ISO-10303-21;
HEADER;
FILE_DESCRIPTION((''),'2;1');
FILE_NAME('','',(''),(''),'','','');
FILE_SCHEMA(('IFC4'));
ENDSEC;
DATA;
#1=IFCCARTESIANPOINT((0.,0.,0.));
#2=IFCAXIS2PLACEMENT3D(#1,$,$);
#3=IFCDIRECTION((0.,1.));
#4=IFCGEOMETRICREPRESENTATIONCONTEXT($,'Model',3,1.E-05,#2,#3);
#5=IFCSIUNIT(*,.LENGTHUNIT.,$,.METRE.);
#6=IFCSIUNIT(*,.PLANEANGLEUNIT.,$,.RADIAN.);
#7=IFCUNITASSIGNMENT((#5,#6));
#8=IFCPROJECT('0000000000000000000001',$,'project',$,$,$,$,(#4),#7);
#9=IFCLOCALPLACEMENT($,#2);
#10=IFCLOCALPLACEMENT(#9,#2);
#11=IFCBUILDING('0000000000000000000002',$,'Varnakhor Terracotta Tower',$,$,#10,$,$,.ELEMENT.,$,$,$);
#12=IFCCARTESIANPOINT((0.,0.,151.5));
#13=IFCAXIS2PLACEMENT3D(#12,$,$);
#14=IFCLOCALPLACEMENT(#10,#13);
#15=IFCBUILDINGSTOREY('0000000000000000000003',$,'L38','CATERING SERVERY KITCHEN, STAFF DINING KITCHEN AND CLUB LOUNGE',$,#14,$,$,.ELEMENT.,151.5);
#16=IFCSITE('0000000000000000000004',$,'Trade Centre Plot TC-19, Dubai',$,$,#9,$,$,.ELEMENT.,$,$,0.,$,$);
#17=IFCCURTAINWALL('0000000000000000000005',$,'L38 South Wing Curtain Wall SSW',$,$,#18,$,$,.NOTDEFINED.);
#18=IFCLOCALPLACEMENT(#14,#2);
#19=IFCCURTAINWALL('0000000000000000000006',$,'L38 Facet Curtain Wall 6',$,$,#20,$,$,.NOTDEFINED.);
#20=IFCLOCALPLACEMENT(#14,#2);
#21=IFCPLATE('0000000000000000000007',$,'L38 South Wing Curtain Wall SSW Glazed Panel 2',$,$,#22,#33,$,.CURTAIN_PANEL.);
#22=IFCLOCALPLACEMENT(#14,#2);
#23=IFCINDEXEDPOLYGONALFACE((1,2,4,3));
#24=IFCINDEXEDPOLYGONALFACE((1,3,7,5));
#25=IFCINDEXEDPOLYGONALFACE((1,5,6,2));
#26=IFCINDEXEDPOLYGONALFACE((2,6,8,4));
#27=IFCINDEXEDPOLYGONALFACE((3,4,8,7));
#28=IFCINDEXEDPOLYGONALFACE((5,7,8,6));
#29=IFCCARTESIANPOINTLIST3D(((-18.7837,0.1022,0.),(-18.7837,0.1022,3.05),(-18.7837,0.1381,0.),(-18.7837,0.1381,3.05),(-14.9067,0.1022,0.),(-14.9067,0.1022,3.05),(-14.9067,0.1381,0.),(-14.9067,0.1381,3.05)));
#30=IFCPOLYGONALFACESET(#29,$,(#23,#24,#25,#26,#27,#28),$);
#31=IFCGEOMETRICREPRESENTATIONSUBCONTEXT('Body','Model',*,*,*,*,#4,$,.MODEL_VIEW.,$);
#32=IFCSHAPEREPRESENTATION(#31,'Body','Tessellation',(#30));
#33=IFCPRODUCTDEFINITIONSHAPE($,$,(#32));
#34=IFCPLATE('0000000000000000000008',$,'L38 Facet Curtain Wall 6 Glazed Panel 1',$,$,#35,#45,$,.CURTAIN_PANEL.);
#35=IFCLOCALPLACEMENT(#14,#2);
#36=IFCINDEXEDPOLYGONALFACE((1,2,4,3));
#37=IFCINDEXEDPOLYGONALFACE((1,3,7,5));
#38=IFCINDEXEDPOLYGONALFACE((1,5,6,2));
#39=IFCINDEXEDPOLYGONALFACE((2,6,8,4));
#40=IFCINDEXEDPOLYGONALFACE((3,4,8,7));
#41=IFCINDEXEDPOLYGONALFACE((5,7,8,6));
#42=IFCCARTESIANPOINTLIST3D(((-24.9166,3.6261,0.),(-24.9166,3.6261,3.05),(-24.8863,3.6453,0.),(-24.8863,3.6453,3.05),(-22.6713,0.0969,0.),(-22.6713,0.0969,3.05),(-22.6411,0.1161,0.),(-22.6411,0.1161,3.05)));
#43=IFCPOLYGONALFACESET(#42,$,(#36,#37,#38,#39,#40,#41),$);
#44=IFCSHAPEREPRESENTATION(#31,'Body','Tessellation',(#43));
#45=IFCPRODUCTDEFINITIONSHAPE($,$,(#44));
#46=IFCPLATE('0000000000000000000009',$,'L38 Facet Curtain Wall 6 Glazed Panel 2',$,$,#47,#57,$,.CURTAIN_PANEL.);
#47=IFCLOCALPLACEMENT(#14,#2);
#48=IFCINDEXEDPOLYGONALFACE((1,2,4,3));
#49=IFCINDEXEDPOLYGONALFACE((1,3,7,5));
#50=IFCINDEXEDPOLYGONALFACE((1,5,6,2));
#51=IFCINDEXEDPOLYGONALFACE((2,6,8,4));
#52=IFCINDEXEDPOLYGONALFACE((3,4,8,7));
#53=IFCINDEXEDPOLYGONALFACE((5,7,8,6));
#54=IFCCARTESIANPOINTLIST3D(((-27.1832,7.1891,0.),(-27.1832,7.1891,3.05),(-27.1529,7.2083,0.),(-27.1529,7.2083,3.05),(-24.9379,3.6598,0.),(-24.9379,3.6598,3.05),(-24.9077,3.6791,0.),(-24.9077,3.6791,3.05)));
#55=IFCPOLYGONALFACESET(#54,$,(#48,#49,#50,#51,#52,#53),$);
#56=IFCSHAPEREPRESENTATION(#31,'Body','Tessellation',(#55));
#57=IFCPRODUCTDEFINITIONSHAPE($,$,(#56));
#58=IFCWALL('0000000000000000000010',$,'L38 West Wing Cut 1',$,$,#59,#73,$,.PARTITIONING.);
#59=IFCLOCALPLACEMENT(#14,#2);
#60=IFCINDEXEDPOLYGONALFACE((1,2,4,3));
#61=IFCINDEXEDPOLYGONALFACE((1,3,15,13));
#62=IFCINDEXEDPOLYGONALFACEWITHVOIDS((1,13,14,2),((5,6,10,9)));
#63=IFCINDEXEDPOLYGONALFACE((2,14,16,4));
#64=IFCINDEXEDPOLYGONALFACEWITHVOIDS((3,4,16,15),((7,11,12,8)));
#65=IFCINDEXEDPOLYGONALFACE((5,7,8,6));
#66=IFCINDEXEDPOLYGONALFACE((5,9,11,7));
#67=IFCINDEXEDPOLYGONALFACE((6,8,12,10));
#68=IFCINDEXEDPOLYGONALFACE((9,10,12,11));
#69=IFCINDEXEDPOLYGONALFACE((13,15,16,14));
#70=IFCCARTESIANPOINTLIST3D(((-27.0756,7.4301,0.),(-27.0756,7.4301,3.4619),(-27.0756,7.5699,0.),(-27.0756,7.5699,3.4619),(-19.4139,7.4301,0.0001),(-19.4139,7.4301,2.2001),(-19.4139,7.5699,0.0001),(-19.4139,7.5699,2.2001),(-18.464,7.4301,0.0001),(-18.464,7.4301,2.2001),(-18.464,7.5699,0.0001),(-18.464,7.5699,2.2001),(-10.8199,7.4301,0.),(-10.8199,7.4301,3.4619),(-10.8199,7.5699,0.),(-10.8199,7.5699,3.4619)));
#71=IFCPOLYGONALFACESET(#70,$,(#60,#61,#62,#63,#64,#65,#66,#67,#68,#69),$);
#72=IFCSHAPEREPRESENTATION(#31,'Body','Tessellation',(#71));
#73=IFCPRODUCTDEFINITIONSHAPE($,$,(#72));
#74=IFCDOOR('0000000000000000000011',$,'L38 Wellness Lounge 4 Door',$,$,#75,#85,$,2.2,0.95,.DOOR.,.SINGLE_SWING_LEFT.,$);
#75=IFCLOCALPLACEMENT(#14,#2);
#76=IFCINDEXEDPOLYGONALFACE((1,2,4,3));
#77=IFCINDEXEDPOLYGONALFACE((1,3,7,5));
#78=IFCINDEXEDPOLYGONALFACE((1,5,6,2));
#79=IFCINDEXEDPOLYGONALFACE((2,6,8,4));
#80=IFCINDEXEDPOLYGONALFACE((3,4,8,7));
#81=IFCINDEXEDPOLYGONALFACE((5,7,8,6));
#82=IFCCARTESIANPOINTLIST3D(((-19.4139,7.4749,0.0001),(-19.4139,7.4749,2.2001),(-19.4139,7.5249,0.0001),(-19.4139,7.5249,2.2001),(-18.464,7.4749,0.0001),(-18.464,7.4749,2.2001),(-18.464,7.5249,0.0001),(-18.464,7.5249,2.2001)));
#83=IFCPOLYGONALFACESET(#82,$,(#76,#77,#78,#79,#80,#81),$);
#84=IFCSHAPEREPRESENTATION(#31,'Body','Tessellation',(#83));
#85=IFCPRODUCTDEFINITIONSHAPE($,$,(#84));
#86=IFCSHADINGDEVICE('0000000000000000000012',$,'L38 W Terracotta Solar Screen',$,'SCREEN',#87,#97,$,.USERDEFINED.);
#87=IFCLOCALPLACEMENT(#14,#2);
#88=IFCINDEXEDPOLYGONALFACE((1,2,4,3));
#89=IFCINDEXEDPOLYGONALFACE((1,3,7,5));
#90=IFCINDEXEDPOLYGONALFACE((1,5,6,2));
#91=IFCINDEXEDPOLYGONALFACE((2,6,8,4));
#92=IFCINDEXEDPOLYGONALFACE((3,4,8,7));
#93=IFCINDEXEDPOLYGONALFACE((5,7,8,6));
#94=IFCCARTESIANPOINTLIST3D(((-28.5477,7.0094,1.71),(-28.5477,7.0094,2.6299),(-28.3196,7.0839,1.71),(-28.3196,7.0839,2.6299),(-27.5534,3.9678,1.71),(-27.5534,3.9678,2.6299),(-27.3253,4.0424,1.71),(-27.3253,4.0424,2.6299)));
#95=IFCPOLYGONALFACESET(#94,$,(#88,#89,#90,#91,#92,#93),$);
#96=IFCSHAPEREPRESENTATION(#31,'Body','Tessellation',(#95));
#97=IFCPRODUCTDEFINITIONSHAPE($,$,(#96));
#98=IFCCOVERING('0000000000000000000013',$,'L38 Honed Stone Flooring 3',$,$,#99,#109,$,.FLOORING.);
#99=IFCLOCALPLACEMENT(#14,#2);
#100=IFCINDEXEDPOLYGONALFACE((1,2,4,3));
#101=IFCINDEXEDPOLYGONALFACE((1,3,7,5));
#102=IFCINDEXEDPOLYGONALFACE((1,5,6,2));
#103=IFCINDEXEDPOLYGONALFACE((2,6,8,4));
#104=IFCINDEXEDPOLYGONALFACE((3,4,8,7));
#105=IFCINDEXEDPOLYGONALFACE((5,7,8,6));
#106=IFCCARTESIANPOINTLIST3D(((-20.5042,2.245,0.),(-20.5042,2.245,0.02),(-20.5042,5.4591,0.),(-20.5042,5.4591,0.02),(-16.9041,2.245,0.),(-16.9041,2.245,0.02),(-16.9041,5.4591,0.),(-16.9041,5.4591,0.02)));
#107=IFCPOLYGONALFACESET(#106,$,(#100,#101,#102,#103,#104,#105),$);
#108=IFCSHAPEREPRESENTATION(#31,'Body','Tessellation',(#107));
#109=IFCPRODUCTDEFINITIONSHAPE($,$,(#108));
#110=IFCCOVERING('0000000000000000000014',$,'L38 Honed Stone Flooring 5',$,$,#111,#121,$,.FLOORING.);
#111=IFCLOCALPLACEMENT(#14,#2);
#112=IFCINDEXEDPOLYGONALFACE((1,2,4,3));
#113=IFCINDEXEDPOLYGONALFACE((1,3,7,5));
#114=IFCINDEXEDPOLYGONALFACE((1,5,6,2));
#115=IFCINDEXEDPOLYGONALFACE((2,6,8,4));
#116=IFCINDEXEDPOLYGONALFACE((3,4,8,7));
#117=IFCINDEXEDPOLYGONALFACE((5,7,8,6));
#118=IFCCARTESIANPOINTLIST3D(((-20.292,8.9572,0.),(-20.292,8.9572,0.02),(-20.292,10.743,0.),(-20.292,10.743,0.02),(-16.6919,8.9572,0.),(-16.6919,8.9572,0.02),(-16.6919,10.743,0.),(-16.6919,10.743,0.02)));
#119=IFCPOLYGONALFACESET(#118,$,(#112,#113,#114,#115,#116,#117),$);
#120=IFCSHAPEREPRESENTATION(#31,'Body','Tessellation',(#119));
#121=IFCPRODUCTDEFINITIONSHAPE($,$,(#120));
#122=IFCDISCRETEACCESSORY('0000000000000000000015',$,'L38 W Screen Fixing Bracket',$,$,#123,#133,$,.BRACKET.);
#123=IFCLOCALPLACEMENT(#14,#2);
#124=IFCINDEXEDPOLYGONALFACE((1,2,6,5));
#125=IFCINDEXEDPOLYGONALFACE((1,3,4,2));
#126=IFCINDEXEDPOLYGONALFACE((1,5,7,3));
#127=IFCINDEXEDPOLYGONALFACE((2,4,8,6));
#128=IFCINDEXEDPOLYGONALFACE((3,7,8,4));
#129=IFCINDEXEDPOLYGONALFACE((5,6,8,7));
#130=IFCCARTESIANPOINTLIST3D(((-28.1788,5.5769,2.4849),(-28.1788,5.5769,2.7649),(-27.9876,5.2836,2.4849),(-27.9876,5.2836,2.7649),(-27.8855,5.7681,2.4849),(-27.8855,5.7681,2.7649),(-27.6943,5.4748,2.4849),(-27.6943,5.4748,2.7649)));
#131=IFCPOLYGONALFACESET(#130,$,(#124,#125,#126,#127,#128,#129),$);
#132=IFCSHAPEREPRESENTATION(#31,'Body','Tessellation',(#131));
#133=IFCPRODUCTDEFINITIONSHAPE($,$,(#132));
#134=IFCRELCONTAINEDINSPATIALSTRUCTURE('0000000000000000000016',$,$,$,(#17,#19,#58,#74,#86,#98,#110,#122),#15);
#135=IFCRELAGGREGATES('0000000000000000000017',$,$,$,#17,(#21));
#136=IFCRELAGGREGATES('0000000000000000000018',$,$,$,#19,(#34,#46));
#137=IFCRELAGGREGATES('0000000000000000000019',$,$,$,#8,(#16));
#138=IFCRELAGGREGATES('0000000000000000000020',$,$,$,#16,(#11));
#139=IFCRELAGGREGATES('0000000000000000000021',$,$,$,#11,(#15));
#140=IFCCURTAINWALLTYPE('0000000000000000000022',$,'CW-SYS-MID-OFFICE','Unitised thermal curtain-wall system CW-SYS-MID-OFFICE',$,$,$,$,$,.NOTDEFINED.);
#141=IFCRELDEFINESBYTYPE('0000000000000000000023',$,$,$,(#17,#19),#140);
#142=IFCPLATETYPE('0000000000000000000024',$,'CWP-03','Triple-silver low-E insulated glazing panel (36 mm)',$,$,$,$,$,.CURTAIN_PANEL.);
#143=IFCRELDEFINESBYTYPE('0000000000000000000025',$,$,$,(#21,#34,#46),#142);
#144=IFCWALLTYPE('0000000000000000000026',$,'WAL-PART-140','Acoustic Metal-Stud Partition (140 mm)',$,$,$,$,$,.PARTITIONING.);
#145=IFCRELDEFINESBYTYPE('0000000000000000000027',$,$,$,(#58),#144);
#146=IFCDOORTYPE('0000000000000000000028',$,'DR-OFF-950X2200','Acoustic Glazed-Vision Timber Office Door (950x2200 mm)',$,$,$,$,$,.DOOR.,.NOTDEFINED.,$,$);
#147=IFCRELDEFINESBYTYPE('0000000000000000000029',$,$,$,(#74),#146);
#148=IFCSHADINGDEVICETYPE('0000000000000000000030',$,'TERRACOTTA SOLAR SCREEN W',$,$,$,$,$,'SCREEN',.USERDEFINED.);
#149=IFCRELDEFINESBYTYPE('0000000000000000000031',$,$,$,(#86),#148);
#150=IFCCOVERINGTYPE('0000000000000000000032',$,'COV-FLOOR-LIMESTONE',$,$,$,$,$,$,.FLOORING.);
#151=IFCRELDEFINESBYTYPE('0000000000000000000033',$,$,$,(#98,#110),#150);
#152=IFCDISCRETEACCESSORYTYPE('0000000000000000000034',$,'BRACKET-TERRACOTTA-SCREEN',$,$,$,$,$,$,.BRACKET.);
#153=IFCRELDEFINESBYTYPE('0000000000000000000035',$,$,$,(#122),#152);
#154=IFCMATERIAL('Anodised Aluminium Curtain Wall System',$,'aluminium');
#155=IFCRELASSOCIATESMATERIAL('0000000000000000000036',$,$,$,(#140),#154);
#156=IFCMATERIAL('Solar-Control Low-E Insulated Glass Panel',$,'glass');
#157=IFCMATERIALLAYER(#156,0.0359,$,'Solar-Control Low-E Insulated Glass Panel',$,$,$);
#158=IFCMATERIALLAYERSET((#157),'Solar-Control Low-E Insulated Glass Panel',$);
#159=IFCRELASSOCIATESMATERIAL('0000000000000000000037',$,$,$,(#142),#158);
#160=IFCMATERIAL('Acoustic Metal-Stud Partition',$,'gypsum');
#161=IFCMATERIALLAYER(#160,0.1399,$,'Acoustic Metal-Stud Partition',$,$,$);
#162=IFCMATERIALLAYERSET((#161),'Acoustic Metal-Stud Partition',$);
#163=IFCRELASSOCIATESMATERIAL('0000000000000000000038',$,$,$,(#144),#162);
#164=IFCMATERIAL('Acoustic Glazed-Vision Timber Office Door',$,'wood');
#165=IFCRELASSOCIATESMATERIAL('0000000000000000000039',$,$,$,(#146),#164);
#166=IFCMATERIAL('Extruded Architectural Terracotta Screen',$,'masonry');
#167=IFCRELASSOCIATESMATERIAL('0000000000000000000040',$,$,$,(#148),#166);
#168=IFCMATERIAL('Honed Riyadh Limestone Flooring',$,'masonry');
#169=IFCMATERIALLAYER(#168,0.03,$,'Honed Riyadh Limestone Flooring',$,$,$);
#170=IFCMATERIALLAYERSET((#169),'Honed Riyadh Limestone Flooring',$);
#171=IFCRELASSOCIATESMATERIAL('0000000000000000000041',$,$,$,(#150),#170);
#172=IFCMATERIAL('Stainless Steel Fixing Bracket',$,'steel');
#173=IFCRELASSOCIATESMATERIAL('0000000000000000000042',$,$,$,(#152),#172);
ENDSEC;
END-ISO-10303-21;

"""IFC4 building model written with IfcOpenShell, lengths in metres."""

from ifc_helpers import new_model, si_unit, direction, frame, frame_2d, origin, origin_2d, place, context, subcontext, project, spatial, rectangle, extrude, source, transform, mapped, material, layer, layer_set, type_object, type_shapes, element, fill, aggregate, save


model = new_model("IFC4")

# Units and contexts
model_context = context("Model", 3, precision=1e-05, world=origin(), true_north=direction((0.0, 1.0)))
body_context = subcontext(model_context, "Body", "Model", "MODEL_VIEW")
ifc_project = project(units=[si_unit("LENGTHUNIT", "METRE"), si_unit("PLANEANGLEUNIT", "RADIAN")], contexts=[model_context])

# Site, building, storey
site_placement = place(None, origin())
site = spatial("IfcSite", under=ifc_project, at=site_placement, Name="Trade Centre Plot TC-19, Dubai", CompositionType="ELEMENT", RefElevation=0.0)
building_placement = place(site_placement, origin())
building = spatial("IfcBuilding", under=site, at=building_placement, Name="Varnakhor Terracotta Tower", CompositionType="ELEMENT")
storey_placement = place(building_placement, frame((0.0, 0.0, 151.5)))
storey = spatial("IfcBuildingStorey", under=building, at=storey_placement, Name="L38", Description="CATERING SERVERY KITCHEN, STAFF DINING KITCHEN AND CLUB LOUNGE", CompositionType="ELEMENT", Elevation=151.5)

# Curtain walls
ifc_material_1 = material(Name="Anodised Aluminium Curtain Wall System", Category="aluminium")
curtain_wall_type = type_object("IfcCurtainWallType", Name="CW-SYS-MID-OFFICE", Description="Unitised thermal curtain-wall system CW-SYS-MID-OFFICE", PredefinedType="NOTDEFINED", material=ifc_material_1)
curtain_wall_1_placement = place(storey_placement, origin())
curtain_wall_1 = element("IfcCurtainWall", 1, at=curtain_wall_1_placement, inside=storey, type_object=curtain_wall_type, Name="L38 South Wing Curtain Wall SSW", PredefinedType="NOTDEFINED")
curtain_wall_2_placement = place(storey_placement, origin())
curtain_wall_2 = element("IfcCurtainWall", 2, at=curtain_wall_2_placement, inside=storey, type_object=curtain_wall_type, Name="L38 Facet Curtain Wall 6", PredefinedType="NOTDEFINED")

# Plates
ifc_material_2 = material(Name="Solar-Control Low-E Insulated Glass Panel", Category="glass")
ifc_layer_1 = layer(ifc_material_2, 0.0359, Name="Solar-Control Low-E Insulated Glass Panel")
ifc_layer_set_1 = layer_set([ifc_layer_1], Name="Solar-Control Low-E Insulated Glass Panel")
plate_type = type_object("IfcPlateType", Name="CWP-03", Description="Triple-silver low-E insulated glazing panel (36 mm)", PredefinedType="CURTAIN_PANEL", material=ifc_layer_set_1)
shared_shape_1 = source(origin(), body_context, "Body", "SweptSolid", [
    extrude(rectangle(XDim=3.877, YDim=0.0359, at=origin_2d()), origin(), (0.0, 0.0, 1.0), 3.05),
])
plate_1_placement = place(storey_placement, frame((-16.8452, 0.1201, 0.0), z_axis=(0.0, 0.0, 1.0), x_axis=(-1.0, 0.0, 0.0)))
plate_1 = element("IfcPlate", 3, at=plate_1_placement, type_object=plate_type, Name="L38 South Wing Curtain Wall SSW Glazed Panel 2", PredefinedType="CURTAIN_PANEL", context=body_context, shape_type="MappedRepresentation", body=[
    mapped(shared_shape_1, transform((0.0, 0.0, 0.0), scale=1.0)),
])
aggregate(curtain_wall_1, [plate_1])
shared_shape_2 = source(origin(), body_context, "Body", "SweptSolid", [
    extrude(rectangle(XDim=4.1829, YDim=0.0359, at=origin_2d()), origin(), (0.0, 0.0, 1.0), 3.05),
])
plate_2_placement = place(storey_placement, frame((-23.7788, 1.8711, 0.0), z_axis=(0.0, 0.0, 1.0), x_axis=(-0.53677, 0.843729, 0.0)))
plate_2 = element("IfcPlate", 4, at=plate_2_placement, type_object=plate_type, Name="L38 Facet Curtain Wall 6 Glazed Panel 1", PredefinedType="CURTAIN_PANEL", context=body_context, shape_type="MappedRepresentation", body=[
    mapped(shared_shape_2, transform((0.0, 0.0, 0.0), scale=1.0)),
])
plate_3_placement = place(storey_placement, frame((-26.0454, 5.4341, 0.0), z_axis=(0.0, 0.0, 1.0), x_axis=(-0.53677, 0.843729, 0.0)))
plate_3 = element("IfcPlate", 5, at=plate_3_placement, type_object=plate_type, Name="L38 Facet Curtain Wall 6 Glazed Panel 2", PredefinedType="CURTAIN_PANEL", context=body_context, shape_type="MappedRepresentation", body=[
    mapped(shared_shape_2, transform((0.0, 0.0, 0.0), scale=1.0)),
])
aggregate(curtain_wall_2, [plate_2, plate_3])

# Wall, opening, door
ifc_material_3 = material(Name="Acoustic Metal-Stud Partition", Category="gypsum")
ifc_layer_2 = layer(ifc_material_3, 0.1399, Name="Acoustic Metal-Stud Partition")
ifc_layer_set_2 = layer_set([ifc_layer_2], Name="Acoustic Metal-Stud Partition")
wall_type = type_object("IfcWallType", Name="WAL-PART-140", Description="Acoustic Metal-Stud Partition (140 mm)", PredefinedType="PARTITIONING", material=ifc_layer_set_2)
wall_placement = place(storey_placement, frame((-27.0757, 7.5, 0.0), z_axis=(0.0, 0.0, 1.0), x_axis=(1.0, 0.0, 0.0)))
wall = element("IfcWall", 6, at=wall_placement, inside=storey, type_object=wall_type, Name="L38 West Wing Cut 1", PredefinedType="PARTITIONING", context=body_context, shape_type="SweptSolid", body=[
    extrude(rectangle(XDim=16.2556, YDim=0.1399, at=frame_2d((8.1279, 0.0))), origin(), (0.0, 0.0, 1.0), 3.4619),
])
opening_placement = place(wall_placement, frame((7.6616, 0.0, 0.0)))
opening = element("IfcOpeningElement", 7, at=opening_placement, cuts=wall, PredefinedType="OPENING", context=body_context, shape_type="SweptSolid", body=[
    extrude(rectangle(XDim=0.95, YDim=2.2, at=frame_2d((0.4751, 1.1001))), frame((0.0, 0.0801, 0.0), z_axis=(0.0, -1.0, 0.0), x_axis=(1.0, 0.0, 0.0)), (0.0, 0.0, 1.0), 0.1599),
])
ifc_material_4 = material(Name="Acoustic Glazed-Vision Timber Office Door", Category="wood")
door_type = type_object("IfcDoorType", Name="DR-OFF-950X2200", Description="Acoustic Glazed-Vision Timber Office Door (950x2200 mm)", OperationType="NOTDEFINED", PredefinedType="DOOR", material=ifc_material_4)
shared_shape_3 = source(origin(), body_context, "Body", "SweptSolid", [
    extrude(rectangle(XDim=0.95, YDim=2.2, at=frame_2d((0.4751, 1.1001))), frame((0.0, 0.0249, 0.0), z_axis=(0.0, -1.0, 0.0), x_axis=(1.0, 0.0, 0.0)), (0.0, 0.0, 1.0), 0.05),
])
type_shapes(door_type, [shared_shape_3])
door_placement = place(opening_placement, origin())
door = element("IfcDoor", 8, at=door_placement, inside=storey, type_object=door_type, Name="L38 Wellness Lounge 4 Door", OperationType="SINGLE_SWING_LEFT", OverallHeight=2.2, OverallWidth=0.95, PredefinedType="DOOR", context=body_context, shape_type="MappedRepresentation", body=[
    mapped(shared_shape_3, transform((0.0, 0.0, 0.0), scale=1.0)),
])
fill(opening, door)

# Shading device
ifc_material_5 = material(Name="Extruded Architectural Terracotta Screen", Category="masonry")
shading_device_type = type_object("IfcShadingDeviceType", Name="TERRACOTTA SOLAR SCREEN W", ElementType="SCREEN", PredefinedType="USERDEFINED", material=ifc_material_5)
shared_shape_4 = source(origin(), body_context, "Body", "SweptSolid", [
    extrude(rectangle(XDim=3.2, YDim=0.24, at=origin_2d()), origin(), (0.0, 0.0, 1.0), 0.9199),
])
type_shapes(shading_device_type, [shared_shape_4])
shading_device_placement = place(storey_placement, frame((-27.9365, 5.5259, 1.71), z_axis=(0.0, 0.0, 1.0), x_axis=(0.310726, -0.950499, 0.0)))
element("IfcShadingDevice", 9, at=shading_device_placement, inside=storey, type_object=shading_device_type, Name="L38 W Terracotta Solar Screen", ObjectType="SCREEN", PredefinedType="USERDEFINED", context=body_context, shape_type="MappedRepresentation", body=[
    mapped(shared_shape_4, transform((0.0, 0.0, 0.0), scale=1.0)),
])

# Coverings
ifc_material_6 = material(Name="Honed Riyadh Limestone Flooring", Category="masonry")
ifc_layer_3 = layer(ifc_material_6, 0.03, Name="Honed Riyadh Limestone Flooring")
ifc_layer_set_3 = layer_set([ifc_layer_3], Name="Honed Riyadh Limestone Flooring")
covering_type = type_object("IfcCoveringType", Name="COV-FLOOR-LIMESTONE", PredefinedType="FLOORING", material=ifc_layer_set_3)
shared_shape_5 = source(origin(), body_context, "Body", "SweptSolid", [
    extrude(rectangle(XDim=3.6001, YDim=3.2141, at=origin_2d()), origin(), (0.0, 0.0, 1.0), 0.02),
])
covering_1_placement = place(storey_placement, frame((-18.7041, 3.8521, 0.0), z_axis=(0.0, 0.0, 1.0), x_axis=(1.0, 0.0, 0.0)))
element("IfcCovering", 10, at=covering_1_placement, inside=storey, type_object=covering_type, Name="L38 Honed Stone Flooring 3", PredefinedType="FLOORING", context=body_context, shape_type="MappedRepresentation", body=[
    mapped(shared_shape_5, transform((0.0, 0.0, 0.0), scale=1.0)),
])
shared_shape_6 = source(origin(), body_context, "Body", "SweptSolid", [
    extrude(rectangle(XDim=3.6001, YDim=1.7859, at=origin_2d()), origin(), (0.0, 0.0, 1.0), 0.02),
])
covering_2_placement = place(storey_placement, frame((-18.4919, 9.8501, 0.0), z_axis=(0.0, 0.0, 1.0), x_axis=(1.0, 0.0, 0.0)))
element("IfcCovering", 11, at=covering_2_placement, inside=storey, type_object=covering_type, Name="L38 Honed Stone Flooring 5", PredefinedType="FLOORING", context=body_context, shape_type="MappedRepresentation", body=[
    mapped(shared_shape_6, transform((0.0, 0.0, 0.0), scale=1.0)),
])

# Discrete accessory
ifc_material_7 = material(Name="Stainless Steel Fixing Bracket", Category="steel")
discrete_accessory_type = type_object("IfcDiscreteAccessoryType", Name="BRACKET-TERRACOTTA-SCREEN", PredefinedType="BRACKET", material=ifc_material_7)
shared_shape_7 = source(origin(), body_context, "Body", "SweptSolid", [
    extrude(rectangle(XDim=0.3501, YDim=0.3501, at=origin_2d()), origin(), (0.0, 0.0, 1.0), 0.28),
])
type_shapes(discrete_accessory_type, [shared_shape_7])
discrete_accessory_placement = place(storey_placement, frame((-27.9365, 5.5259, 2.4849), z_axis=(0.0, 0.0, 1.0), x_axis=(0.546146, -0.83769, 0.0)))
element("IfcDiscreteAccessory", 12, at=discrete_accessory_placement, inside=storey, type_object=discrete_accessory_type, Name="L38 W Screen Fixing Bracket", PredefinedType="BRACKET", context=body_context, shape_type="MappedRepresentation", body=[
    mapped(shared_shape_7, transform((0.0, 0.0, 0.0), scale=1.0)),
])

save(model, "model.ifc")
